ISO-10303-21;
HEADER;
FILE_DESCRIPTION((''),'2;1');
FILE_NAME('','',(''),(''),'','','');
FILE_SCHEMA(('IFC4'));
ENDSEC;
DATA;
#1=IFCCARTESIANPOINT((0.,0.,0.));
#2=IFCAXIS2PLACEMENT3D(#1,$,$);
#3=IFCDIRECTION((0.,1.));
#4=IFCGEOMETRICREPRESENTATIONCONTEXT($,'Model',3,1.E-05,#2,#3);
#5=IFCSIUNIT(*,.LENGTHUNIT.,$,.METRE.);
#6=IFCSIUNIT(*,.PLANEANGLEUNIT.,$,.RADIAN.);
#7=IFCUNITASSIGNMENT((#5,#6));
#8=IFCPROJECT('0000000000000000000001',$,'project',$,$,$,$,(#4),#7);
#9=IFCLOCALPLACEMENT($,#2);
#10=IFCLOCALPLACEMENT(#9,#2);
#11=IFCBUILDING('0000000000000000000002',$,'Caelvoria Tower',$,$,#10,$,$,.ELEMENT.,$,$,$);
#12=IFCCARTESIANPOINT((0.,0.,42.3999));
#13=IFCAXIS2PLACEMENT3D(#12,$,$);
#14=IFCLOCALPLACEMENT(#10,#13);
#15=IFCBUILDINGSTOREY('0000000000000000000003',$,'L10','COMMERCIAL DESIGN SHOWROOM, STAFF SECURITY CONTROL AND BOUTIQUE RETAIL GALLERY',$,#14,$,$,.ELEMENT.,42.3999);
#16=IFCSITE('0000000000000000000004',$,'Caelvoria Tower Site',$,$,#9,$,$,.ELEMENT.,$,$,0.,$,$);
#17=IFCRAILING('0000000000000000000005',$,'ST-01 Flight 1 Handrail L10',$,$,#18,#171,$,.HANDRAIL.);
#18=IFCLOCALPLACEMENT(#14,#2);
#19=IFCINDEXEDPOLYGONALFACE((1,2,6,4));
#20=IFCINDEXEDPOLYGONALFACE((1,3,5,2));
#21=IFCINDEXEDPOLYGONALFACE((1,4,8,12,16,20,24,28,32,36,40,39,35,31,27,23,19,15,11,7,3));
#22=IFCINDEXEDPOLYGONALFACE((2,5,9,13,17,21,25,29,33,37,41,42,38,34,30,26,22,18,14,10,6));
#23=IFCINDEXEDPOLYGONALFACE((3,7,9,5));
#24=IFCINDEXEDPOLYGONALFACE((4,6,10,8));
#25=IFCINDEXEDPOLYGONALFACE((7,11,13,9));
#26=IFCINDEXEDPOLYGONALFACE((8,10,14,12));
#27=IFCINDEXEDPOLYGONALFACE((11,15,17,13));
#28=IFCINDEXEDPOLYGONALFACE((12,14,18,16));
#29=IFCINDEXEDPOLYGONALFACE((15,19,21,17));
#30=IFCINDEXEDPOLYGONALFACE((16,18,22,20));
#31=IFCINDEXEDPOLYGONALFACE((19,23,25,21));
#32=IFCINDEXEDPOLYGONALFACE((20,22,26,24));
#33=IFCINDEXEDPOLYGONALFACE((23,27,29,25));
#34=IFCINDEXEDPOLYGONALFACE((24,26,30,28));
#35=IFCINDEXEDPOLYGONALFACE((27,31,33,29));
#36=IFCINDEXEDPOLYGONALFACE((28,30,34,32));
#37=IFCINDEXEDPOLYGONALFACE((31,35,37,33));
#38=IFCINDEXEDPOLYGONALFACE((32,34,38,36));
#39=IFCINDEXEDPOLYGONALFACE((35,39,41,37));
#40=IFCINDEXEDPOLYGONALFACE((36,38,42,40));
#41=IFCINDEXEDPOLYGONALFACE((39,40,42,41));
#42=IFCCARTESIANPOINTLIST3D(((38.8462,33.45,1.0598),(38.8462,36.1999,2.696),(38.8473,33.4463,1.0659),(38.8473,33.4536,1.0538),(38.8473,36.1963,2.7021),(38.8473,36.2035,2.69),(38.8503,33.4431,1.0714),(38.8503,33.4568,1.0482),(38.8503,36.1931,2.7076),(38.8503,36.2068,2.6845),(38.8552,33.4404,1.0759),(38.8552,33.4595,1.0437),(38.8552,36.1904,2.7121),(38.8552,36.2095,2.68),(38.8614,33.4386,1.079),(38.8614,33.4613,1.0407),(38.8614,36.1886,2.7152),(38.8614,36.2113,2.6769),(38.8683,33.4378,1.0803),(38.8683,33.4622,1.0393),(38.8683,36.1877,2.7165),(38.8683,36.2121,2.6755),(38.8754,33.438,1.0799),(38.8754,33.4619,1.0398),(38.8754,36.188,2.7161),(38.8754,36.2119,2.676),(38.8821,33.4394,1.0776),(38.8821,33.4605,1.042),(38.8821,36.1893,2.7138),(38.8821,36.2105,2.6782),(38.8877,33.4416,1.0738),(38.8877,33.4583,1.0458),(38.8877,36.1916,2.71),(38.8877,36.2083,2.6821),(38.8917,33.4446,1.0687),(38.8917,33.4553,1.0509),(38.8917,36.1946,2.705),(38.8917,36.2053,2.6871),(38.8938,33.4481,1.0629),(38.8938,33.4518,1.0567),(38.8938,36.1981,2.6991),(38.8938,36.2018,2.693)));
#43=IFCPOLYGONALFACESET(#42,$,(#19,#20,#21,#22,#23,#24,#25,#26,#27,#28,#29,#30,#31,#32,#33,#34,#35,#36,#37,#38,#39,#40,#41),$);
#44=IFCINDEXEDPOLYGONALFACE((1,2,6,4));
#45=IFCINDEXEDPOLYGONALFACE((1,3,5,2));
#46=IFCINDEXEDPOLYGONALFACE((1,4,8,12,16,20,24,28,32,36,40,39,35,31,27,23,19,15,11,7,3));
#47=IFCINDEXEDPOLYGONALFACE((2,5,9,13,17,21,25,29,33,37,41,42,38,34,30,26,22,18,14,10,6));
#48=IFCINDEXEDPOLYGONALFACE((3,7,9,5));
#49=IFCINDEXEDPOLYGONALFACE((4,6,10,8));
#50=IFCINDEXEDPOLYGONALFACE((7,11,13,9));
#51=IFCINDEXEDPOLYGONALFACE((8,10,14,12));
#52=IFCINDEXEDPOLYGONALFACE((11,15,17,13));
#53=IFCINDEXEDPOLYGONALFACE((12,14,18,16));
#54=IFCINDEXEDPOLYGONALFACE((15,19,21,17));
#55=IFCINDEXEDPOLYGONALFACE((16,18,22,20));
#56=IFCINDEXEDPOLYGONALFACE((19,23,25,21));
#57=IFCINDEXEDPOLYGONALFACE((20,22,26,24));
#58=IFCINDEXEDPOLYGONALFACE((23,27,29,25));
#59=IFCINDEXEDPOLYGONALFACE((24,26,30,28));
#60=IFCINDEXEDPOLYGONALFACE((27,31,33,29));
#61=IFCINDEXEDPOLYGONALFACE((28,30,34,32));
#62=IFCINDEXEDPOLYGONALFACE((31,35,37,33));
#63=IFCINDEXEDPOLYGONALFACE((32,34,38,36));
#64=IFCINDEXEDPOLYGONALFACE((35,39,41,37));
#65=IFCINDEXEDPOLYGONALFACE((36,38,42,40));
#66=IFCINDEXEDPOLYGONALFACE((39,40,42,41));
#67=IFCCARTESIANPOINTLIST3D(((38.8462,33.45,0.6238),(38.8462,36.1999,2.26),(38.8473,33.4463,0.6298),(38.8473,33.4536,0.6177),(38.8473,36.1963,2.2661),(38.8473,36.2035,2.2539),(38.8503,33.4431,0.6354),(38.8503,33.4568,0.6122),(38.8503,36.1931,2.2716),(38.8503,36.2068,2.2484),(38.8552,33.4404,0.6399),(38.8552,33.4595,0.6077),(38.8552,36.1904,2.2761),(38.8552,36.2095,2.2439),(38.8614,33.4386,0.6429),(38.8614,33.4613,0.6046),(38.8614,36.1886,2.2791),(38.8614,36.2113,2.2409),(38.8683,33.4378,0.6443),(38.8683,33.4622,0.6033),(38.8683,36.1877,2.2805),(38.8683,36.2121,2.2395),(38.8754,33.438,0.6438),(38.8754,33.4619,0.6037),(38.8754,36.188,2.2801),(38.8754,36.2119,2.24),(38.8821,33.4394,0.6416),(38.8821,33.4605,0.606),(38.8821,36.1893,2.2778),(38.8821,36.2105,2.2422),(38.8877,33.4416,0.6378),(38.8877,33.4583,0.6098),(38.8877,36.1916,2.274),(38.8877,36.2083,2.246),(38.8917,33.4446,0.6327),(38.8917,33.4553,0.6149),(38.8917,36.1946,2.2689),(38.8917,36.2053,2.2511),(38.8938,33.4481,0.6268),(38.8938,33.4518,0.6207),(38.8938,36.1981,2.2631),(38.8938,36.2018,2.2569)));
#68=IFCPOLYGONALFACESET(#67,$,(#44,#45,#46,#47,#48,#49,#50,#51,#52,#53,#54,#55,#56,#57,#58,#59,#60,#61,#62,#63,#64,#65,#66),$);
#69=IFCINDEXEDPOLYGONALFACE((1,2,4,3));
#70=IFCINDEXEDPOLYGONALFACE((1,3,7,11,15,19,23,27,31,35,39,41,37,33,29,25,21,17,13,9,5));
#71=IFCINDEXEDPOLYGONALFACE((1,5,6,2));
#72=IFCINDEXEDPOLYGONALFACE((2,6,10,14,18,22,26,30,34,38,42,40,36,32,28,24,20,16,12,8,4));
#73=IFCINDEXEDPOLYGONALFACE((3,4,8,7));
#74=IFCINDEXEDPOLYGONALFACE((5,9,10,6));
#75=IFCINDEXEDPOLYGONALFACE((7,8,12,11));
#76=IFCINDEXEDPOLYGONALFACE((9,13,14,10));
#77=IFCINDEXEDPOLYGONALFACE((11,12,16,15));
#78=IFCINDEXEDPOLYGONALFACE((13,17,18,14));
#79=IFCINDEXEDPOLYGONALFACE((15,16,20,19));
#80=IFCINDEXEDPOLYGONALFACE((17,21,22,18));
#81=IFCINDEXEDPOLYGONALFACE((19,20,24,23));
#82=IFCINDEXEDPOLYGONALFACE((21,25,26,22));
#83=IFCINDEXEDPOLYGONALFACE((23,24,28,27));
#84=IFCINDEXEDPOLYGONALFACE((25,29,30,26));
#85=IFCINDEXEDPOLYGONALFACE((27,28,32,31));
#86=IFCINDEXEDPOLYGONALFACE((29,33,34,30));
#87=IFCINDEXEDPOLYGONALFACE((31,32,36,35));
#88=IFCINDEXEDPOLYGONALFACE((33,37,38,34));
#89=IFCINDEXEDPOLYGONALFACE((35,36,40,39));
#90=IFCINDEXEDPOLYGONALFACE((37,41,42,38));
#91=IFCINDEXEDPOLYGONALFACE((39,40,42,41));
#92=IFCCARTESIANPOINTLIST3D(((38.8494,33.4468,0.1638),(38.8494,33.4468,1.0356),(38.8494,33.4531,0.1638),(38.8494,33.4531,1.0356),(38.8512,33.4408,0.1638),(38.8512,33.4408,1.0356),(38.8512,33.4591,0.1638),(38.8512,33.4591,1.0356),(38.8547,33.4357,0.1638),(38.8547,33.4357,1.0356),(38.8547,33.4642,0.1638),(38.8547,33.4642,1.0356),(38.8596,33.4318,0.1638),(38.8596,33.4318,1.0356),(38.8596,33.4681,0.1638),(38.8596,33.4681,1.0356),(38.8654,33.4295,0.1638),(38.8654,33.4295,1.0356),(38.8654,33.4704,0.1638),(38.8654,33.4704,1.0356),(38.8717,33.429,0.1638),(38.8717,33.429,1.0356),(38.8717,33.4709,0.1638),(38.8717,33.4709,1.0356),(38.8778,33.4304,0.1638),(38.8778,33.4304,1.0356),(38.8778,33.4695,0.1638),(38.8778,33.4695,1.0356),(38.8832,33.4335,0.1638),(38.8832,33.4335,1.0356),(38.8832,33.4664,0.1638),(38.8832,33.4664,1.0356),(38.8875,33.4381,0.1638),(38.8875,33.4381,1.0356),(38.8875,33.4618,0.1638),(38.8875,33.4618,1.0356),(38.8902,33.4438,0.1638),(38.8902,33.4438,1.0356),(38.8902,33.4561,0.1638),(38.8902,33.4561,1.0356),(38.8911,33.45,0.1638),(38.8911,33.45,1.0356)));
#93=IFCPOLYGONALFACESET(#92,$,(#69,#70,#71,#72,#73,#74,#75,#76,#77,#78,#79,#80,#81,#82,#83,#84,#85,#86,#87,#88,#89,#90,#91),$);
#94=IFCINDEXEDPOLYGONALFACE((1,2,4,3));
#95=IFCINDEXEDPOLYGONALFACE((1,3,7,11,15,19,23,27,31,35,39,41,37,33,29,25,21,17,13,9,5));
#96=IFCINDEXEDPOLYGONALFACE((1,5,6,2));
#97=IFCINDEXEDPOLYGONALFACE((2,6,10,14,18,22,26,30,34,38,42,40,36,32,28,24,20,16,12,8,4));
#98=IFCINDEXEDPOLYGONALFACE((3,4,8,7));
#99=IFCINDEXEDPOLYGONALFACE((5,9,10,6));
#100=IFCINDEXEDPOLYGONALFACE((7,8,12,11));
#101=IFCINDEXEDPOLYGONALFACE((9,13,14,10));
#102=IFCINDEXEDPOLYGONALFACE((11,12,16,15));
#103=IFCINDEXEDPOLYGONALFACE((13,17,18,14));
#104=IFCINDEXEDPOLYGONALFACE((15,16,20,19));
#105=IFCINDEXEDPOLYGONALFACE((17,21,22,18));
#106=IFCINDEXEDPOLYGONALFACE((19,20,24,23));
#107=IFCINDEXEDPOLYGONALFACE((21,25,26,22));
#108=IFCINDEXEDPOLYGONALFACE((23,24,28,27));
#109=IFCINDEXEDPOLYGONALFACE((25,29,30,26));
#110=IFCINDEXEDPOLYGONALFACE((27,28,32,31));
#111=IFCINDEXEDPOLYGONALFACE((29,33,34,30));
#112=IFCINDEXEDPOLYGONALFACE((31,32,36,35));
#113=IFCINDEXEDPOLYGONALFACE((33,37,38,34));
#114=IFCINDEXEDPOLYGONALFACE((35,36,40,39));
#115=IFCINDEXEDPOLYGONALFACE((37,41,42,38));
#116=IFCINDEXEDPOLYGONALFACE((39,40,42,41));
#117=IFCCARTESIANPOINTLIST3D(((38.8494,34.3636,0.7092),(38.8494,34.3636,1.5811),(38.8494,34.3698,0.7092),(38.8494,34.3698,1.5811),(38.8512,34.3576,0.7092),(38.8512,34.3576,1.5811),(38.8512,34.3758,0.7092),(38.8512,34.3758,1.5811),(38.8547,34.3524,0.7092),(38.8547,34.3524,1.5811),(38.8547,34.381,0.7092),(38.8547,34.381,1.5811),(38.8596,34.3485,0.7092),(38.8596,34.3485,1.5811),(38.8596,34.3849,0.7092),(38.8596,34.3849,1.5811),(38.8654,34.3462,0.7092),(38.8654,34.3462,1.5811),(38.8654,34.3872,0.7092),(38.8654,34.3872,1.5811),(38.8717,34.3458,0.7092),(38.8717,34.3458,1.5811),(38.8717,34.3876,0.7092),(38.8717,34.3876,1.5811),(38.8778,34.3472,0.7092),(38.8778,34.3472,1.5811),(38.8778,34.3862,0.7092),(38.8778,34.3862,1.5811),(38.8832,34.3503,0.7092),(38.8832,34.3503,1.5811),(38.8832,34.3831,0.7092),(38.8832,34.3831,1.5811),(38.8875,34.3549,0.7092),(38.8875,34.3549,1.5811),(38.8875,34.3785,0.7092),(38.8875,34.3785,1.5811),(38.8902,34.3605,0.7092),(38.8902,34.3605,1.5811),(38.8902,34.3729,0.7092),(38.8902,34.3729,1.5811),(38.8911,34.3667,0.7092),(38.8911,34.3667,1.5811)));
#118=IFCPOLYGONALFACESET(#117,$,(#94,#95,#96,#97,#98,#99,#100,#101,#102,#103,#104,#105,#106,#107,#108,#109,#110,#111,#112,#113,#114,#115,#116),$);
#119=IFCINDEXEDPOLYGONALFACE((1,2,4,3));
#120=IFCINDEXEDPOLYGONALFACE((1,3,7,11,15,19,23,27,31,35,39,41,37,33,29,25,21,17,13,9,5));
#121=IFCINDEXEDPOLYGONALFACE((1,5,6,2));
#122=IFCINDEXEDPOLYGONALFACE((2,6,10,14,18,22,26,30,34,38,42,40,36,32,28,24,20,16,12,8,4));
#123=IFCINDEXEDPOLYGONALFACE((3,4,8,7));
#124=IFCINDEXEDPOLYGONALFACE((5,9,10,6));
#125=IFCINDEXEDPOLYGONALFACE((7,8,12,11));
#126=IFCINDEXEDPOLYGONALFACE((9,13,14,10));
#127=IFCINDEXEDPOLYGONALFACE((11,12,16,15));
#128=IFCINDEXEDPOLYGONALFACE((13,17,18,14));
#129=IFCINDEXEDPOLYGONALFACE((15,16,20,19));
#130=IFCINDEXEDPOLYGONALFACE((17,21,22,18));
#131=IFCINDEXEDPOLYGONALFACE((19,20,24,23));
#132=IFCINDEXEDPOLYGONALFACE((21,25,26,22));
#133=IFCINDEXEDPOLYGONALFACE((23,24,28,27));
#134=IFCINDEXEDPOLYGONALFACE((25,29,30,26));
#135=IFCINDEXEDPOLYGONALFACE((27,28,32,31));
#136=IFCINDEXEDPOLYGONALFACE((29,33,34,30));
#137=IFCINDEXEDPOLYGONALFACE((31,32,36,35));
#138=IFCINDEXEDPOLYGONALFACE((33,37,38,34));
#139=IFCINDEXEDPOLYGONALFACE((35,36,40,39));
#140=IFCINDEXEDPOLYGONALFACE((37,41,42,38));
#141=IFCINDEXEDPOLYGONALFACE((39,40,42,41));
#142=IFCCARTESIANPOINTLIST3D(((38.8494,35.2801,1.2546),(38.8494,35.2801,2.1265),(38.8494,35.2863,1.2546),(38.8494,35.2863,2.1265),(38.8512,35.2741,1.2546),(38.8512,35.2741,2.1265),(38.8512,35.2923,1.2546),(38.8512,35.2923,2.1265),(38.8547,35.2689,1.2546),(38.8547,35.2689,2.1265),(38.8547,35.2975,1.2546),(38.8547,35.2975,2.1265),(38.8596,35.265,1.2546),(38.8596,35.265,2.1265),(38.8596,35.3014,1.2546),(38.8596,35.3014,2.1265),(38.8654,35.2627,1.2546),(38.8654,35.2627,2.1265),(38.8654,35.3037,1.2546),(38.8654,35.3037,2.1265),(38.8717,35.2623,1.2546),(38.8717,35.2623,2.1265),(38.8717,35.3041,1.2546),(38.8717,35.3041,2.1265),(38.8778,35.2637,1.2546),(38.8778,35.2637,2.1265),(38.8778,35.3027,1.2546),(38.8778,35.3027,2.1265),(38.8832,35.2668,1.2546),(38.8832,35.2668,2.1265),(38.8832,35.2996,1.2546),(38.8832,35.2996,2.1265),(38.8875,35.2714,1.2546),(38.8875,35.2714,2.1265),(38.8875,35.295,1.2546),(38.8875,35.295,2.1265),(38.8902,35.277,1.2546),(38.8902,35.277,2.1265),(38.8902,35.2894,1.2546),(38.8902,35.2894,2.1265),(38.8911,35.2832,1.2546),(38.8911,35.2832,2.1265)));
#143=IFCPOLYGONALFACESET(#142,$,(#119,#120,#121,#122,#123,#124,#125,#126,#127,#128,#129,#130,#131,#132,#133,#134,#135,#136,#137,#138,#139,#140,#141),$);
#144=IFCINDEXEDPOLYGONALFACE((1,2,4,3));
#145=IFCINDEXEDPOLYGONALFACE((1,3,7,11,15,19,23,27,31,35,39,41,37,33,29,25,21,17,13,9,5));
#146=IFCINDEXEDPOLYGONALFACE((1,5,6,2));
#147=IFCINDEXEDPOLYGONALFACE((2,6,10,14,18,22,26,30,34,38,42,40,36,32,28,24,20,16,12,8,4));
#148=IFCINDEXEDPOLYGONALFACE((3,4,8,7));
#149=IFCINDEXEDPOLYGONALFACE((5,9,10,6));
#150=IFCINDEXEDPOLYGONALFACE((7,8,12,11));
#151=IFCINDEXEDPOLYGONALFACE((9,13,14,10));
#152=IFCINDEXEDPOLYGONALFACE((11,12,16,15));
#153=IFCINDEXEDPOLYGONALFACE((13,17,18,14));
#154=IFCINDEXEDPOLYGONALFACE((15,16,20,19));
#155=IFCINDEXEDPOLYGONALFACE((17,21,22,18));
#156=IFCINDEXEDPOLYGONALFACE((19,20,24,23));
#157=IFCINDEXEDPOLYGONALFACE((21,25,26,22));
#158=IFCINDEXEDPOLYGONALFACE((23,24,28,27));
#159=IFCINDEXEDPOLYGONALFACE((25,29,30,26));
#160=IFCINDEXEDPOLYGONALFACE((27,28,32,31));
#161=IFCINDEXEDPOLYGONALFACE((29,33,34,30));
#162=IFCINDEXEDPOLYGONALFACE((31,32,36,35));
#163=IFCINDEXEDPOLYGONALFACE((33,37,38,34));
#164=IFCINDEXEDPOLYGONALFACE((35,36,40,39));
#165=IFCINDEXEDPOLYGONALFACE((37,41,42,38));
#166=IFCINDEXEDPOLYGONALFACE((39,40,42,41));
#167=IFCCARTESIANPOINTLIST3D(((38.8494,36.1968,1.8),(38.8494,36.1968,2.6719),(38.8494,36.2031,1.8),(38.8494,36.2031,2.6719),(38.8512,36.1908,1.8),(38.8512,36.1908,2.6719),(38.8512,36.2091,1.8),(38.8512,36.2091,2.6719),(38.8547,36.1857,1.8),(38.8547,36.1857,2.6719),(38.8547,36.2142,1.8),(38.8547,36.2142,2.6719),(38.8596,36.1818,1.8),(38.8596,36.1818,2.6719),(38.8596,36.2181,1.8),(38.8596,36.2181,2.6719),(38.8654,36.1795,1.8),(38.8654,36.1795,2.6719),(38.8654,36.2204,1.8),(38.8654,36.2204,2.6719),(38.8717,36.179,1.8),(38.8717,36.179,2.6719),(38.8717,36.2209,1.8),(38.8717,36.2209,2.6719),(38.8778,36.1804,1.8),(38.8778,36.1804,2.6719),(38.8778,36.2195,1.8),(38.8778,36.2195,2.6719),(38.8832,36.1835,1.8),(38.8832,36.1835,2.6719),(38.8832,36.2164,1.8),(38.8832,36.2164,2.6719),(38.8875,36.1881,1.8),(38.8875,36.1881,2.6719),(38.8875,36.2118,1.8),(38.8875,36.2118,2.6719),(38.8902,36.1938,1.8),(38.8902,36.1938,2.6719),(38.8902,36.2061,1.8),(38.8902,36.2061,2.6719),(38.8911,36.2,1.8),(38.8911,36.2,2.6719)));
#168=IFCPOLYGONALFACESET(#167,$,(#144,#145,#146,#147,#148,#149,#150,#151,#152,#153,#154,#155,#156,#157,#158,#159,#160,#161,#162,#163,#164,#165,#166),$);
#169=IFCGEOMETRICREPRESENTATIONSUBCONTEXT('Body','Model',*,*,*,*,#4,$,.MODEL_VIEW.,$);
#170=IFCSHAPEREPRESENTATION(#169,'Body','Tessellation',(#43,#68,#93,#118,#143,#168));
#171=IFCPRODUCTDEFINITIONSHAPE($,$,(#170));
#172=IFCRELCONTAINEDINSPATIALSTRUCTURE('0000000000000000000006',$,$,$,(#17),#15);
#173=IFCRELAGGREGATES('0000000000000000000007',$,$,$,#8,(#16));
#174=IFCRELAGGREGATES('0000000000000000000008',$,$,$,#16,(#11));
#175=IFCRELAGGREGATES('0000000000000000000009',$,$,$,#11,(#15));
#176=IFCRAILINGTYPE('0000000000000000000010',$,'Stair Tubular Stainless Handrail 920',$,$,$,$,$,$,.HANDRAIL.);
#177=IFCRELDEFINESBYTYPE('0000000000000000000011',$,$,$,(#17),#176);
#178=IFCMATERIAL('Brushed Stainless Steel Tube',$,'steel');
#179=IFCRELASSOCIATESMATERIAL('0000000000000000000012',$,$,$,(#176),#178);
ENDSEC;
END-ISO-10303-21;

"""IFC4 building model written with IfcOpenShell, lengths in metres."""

from ifc_helpers import new_model, si_unit, direction, frame, origin, origin_2d, place, context, subcontext, project, spatial, circle, extrude, material, type_object, element, save


model = new_model("IFC4")

# Units and contexts
model_context = context("Model", 3, precision=1e-05, world=origin(), true_north=direction((0.0, 1.0)))
body_context = subcontext(model_context, "Body", "Model", "MODEL_VIEW")
ifc_project = project(units=[si_unit("LENGTHUNIT", "METRE"), si_unit("PLANEANGLEUNIT", "RADIAN")], contexts=[model_context])

# Site, building, storey
site_placement = place(None, origin())
site = spatial("IfcSite", under=ifc_project, at=site_placement, Name="Caelvoria Tower Site", CompositionType="ELEMENT", RefElevation=0.0)
building_placement = place(site_placement, origin())
building = spatial("IfcBuilding", under=site, at=building_placement, Name="Caelvoria Tower", CompositionType="ELEMENT")
storey_placement = place(building_placement, frame((0.0, 0.0, 42.3999)))
storey = spatial("IfcBuildingStorey", under=building, at=storey_placement, Name="L10", Description="COMMERCIAL DESIGN SHOWROOM, STAFF SECURITY CONTROL AND BOUTIQUE RETAIL GALLERY", CompositionType="ELEMENT", Elevation=42.3999)

# Railing
ifc_material_1 = material(Name="Brushed Stainless Steel Tube", Category="steel")
railing_type_1 = type_object("IfcRailingType", Name="Stair Tubular Stainless Handrail 920", PredefinedType="HANDRAIL", material=ifc_material_1)
railing_1_placement = place(storey_placement, frame((38.8701, 33.45, 0.1638)))
element("IfcRailing", 1, at=railing_1_placement, inside=storey, type_object=railing_type_1, Name="ST-01 Flight 1 Handrail L10", PredefinedType="HANDRAIL", context=body_context, shape_type="SweptSolid", body=[
    extrude(circle(Radius=0.0239, at=origin_2d()), frame((0.0, 0.0, 0.896), z_axis=(0.0, 0.859385, 0.511328), x_axis=(-1.0, 0.0, 0.0)), (0.0, 0.0, 1.0), 3.2),
    extrude(circle(Radius=0.0239, at=origin_2d()), frame((0.0, 0.0, 0.46), z_axis=(0.0, 0.859385, 0.511328), x_axis=(-1.0, 0.0, 0.0)), (0.0, 0.0, 1.0), 3.2),
    extrude(circle(Radius=0.021, at=origin_2d()), origin(), (0.0, 0.0, 1.0), 0.8718),
    extrude(circle(Radius=0.021, at=origin_2d()), frame((0.0, 0.9167, 0.5454)), (0.0, 0.0, 1.0), 0.8718),
    extrude(circle(Radius=0.021, at=origin_2d()), frame((0.0, 1.8333, 1.0908)), (0.0, 0.0, 1.0), 0.8718),
    extrude(circle(Radius=0.021, at=origin_2d()), frame((0.0, 2.75, 1.6362)), (0.0, 0.0, 1.0), 0.8718),
])

save(model, "model.ifc")
